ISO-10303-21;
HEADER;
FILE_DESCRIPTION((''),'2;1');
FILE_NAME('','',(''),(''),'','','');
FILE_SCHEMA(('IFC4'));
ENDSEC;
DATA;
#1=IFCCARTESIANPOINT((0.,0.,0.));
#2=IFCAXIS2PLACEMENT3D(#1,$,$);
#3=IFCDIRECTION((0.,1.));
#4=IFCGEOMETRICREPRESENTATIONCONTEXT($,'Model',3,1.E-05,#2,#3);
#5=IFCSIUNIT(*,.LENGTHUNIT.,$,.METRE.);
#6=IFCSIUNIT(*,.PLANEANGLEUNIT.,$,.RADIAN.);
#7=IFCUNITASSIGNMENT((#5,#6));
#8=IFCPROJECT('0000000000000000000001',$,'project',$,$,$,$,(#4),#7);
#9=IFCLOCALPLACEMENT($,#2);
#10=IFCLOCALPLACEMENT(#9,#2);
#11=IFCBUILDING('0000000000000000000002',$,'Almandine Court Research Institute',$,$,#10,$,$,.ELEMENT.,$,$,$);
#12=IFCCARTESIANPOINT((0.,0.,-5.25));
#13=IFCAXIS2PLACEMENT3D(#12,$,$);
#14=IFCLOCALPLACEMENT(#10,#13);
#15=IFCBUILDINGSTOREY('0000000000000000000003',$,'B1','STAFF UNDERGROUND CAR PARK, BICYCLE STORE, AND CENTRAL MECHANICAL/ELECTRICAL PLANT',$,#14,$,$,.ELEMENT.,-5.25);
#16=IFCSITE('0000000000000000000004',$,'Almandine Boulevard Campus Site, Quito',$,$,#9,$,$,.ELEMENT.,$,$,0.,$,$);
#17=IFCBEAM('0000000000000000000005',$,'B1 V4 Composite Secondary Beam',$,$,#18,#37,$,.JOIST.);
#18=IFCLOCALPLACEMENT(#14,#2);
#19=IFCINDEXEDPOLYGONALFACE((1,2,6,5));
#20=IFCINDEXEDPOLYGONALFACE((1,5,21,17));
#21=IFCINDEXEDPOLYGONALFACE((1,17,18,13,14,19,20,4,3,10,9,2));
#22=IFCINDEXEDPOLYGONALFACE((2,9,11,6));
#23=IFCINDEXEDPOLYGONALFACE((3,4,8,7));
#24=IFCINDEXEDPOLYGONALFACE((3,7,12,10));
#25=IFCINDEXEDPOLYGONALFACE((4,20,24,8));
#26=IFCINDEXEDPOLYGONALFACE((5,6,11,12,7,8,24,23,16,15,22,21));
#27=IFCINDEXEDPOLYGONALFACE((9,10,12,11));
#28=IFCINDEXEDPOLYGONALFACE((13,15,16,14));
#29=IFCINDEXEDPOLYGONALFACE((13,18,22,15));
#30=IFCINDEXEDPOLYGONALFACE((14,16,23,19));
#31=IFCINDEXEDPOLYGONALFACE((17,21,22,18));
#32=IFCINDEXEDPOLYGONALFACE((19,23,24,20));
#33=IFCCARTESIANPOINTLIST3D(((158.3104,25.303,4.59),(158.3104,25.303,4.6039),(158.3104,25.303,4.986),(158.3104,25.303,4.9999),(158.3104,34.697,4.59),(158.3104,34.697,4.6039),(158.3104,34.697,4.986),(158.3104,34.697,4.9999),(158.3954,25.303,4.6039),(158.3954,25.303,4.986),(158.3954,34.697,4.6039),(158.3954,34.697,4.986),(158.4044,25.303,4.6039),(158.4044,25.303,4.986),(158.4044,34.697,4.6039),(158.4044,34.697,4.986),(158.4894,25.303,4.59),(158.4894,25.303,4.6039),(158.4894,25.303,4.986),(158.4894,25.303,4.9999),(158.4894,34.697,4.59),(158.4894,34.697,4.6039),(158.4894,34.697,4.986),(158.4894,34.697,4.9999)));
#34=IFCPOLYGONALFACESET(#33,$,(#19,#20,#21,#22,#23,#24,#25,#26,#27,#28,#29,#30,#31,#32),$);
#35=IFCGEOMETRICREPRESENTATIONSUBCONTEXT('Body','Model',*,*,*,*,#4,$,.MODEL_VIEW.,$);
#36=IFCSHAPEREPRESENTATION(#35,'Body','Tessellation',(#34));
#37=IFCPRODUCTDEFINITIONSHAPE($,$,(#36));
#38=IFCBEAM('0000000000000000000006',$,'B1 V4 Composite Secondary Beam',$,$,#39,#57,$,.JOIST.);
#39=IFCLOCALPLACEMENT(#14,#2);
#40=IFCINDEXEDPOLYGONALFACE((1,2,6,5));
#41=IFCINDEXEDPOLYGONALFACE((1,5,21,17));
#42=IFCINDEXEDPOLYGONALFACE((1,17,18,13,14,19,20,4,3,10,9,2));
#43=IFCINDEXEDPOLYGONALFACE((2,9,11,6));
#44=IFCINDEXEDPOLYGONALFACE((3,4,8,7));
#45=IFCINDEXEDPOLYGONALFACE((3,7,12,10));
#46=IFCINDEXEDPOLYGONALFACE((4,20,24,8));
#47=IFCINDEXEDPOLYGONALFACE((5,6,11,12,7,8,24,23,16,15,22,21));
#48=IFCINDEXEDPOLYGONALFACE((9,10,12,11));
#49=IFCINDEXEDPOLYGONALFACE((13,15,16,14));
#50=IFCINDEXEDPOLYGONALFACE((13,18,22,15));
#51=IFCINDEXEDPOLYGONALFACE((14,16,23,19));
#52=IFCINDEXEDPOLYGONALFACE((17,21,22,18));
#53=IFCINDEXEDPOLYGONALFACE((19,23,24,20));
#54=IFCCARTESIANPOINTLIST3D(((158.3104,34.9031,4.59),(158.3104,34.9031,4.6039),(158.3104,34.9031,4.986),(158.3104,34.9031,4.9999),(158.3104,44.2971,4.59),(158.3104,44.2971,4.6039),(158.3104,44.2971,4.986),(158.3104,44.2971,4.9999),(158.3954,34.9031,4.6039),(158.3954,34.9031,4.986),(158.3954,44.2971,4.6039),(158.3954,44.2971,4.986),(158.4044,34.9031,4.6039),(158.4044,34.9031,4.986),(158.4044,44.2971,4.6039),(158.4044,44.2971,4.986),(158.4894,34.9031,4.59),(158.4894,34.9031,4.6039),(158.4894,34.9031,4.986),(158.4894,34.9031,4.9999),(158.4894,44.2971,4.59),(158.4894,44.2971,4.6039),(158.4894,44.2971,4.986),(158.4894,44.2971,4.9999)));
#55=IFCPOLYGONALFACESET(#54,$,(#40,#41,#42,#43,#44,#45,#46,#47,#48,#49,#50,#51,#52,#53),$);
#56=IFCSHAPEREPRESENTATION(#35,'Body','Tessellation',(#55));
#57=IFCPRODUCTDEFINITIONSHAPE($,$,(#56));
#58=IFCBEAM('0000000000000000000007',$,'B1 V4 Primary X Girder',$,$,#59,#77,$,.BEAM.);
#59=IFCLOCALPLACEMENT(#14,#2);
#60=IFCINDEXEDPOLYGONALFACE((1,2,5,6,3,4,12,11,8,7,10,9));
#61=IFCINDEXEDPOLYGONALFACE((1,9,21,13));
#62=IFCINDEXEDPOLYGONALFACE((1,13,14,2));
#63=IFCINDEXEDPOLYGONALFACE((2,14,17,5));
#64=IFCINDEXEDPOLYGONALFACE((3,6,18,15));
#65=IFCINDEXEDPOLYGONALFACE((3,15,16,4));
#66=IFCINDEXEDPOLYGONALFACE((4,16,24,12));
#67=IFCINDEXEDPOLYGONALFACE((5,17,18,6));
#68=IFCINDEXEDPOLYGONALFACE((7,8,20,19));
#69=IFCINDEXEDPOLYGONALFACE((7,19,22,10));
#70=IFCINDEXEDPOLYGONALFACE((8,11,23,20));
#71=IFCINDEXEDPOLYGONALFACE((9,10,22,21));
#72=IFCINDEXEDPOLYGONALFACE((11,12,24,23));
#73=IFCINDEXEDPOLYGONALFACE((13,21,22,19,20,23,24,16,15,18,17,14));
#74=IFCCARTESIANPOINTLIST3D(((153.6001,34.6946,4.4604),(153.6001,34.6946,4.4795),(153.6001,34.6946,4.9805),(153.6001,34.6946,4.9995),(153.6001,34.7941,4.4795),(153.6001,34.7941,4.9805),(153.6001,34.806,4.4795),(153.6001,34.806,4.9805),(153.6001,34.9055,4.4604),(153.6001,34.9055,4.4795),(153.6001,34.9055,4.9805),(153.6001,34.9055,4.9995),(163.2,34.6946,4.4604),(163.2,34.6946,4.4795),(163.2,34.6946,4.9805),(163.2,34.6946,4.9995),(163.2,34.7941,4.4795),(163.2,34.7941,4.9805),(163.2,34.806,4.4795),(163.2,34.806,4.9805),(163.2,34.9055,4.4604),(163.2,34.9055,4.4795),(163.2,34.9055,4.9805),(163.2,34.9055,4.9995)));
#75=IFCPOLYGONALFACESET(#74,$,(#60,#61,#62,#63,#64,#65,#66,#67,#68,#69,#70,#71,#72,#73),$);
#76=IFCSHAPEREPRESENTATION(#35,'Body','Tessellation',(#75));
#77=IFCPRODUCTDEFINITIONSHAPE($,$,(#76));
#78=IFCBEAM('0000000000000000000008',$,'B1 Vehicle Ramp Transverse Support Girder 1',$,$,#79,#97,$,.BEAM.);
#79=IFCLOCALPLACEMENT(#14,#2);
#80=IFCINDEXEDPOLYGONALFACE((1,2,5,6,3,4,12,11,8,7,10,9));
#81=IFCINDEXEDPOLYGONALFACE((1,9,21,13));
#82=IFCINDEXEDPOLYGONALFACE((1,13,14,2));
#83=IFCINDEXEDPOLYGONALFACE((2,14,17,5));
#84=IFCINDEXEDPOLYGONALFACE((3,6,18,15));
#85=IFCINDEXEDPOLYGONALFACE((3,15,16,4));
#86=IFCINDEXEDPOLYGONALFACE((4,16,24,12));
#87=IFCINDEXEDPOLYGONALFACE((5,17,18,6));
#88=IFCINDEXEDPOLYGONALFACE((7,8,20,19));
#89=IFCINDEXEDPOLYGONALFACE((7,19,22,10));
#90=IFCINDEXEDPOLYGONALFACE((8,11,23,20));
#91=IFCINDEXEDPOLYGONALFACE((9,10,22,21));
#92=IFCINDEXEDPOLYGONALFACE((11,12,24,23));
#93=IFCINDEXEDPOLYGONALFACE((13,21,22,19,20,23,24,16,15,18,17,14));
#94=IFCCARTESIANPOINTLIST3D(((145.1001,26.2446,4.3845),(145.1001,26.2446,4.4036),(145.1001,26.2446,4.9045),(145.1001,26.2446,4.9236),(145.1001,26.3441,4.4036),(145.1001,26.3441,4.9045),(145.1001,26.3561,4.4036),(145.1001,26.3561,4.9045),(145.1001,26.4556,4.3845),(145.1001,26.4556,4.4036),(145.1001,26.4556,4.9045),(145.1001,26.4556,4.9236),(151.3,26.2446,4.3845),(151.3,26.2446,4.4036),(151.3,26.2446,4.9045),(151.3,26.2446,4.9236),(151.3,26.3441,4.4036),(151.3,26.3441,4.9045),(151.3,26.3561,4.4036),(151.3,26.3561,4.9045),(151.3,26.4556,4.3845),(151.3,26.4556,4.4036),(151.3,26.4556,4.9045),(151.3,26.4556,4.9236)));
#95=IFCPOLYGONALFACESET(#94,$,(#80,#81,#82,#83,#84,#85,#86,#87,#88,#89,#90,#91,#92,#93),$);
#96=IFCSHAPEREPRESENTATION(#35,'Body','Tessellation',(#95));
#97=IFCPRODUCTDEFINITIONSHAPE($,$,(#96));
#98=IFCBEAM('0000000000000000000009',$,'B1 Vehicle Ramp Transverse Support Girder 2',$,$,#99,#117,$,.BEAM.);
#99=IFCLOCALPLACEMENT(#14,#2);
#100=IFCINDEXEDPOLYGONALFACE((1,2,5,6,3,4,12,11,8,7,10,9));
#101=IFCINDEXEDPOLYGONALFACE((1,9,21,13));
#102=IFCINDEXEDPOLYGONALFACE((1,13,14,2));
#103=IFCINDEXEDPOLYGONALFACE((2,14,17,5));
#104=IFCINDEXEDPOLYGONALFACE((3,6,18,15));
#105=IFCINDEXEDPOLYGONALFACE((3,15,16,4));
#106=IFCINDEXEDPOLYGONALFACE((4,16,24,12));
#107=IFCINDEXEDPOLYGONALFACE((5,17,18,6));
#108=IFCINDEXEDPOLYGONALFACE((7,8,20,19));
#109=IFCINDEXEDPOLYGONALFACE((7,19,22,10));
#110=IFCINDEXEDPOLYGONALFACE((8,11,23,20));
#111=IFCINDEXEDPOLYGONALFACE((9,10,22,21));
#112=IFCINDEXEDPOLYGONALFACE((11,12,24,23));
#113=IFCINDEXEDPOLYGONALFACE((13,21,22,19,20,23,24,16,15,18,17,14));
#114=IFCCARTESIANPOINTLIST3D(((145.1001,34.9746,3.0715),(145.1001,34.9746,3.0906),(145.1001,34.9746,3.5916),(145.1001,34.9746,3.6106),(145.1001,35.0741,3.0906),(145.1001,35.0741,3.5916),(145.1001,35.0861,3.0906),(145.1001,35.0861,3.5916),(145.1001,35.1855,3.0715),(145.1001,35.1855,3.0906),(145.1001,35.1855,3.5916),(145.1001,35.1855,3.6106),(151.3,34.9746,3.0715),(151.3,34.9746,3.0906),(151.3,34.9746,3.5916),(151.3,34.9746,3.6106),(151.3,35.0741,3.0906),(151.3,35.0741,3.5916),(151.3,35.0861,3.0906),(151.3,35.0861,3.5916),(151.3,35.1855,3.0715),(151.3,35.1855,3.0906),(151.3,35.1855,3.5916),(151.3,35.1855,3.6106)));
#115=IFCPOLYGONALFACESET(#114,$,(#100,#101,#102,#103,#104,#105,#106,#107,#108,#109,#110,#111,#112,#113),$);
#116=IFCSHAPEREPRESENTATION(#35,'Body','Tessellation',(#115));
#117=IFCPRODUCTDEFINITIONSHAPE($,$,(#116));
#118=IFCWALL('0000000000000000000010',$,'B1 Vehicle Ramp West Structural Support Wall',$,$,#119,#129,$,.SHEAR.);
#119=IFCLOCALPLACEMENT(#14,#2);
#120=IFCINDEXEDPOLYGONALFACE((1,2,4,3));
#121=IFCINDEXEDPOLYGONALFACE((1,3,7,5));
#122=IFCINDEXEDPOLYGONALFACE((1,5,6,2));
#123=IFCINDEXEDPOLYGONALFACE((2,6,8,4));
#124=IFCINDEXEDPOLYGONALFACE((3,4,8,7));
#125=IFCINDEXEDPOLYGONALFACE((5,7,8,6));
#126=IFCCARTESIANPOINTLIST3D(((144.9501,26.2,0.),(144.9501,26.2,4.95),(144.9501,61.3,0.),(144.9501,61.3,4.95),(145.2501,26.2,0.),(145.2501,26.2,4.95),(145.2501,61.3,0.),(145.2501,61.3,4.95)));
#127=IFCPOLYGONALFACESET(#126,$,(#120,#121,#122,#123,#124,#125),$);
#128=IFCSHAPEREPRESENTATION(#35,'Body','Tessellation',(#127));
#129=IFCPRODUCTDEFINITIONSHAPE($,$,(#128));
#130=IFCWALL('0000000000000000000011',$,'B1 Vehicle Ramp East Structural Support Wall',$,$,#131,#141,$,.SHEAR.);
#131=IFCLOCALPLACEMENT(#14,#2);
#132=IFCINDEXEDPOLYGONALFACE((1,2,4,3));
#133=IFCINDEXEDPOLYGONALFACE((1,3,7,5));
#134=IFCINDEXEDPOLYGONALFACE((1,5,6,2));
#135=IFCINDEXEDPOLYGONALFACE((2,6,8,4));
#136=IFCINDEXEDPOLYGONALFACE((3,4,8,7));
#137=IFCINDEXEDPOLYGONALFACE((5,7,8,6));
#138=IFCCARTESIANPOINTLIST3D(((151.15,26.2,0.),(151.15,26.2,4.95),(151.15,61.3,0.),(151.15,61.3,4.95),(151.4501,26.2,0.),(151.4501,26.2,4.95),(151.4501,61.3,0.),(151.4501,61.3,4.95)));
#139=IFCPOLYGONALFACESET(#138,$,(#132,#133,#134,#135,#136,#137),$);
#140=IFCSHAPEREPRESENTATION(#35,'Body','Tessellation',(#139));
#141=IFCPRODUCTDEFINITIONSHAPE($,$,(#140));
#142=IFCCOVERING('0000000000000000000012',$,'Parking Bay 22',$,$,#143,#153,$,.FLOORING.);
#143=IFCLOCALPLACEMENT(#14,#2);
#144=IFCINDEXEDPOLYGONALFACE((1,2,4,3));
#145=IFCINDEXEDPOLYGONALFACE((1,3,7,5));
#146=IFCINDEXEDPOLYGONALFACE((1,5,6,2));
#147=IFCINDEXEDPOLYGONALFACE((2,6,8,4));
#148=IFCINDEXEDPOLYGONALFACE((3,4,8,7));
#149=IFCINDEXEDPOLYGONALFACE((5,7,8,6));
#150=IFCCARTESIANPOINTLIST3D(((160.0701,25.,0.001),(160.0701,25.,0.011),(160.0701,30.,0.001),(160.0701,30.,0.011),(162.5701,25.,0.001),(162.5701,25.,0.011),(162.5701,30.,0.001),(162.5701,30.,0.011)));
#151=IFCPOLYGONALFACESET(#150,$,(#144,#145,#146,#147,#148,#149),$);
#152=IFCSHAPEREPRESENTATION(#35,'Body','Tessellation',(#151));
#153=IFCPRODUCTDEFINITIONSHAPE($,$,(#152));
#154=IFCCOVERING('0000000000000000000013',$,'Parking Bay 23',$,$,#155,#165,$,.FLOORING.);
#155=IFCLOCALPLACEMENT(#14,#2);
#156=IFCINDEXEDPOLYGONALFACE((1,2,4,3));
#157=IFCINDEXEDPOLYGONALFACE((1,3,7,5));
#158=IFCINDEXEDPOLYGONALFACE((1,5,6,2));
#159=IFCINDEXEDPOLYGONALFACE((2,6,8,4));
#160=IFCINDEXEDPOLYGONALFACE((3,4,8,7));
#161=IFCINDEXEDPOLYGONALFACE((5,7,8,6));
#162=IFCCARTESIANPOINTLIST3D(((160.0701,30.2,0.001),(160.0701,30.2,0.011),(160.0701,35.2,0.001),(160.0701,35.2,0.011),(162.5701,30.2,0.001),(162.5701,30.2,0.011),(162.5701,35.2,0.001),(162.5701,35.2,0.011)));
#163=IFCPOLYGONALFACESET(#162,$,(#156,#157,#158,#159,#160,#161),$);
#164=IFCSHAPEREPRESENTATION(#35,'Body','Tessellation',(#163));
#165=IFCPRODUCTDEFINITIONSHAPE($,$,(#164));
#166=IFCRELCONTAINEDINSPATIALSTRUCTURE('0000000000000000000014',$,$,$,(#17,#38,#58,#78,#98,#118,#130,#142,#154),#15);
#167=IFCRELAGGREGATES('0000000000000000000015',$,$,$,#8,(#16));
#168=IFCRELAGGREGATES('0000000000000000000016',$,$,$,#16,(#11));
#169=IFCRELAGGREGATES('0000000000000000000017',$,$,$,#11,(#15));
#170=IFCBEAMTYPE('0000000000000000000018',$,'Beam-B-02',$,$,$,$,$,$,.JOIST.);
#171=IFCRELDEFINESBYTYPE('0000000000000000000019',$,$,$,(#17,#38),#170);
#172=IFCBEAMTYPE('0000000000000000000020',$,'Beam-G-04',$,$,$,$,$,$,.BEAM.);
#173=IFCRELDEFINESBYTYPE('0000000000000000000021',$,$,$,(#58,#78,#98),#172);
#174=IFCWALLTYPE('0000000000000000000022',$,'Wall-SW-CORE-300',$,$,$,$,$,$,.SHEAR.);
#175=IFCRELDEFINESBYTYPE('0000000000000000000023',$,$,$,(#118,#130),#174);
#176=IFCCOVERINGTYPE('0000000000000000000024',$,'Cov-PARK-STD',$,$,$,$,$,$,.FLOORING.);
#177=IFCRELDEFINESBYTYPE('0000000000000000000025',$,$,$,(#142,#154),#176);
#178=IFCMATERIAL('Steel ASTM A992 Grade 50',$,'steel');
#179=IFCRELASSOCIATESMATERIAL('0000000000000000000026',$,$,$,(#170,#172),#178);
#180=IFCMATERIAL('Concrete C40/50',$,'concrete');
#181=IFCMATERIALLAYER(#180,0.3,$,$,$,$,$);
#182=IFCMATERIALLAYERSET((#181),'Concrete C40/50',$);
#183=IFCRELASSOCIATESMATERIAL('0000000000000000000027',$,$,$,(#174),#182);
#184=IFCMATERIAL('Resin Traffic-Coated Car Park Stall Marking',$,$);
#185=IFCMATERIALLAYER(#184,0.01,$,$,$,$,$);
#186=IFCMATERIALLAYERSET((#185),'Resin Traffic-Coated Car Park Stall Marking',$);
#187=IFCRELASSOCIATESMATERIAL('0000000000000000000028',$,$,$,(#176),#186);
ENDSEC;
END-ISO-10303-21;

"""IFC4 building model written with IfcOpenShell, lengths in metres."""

from ifc_helpers import new_model, si_unit, direction, frame, frame_2d, origin, origin_2d, place, context, subcontext, project, spatial, rectangle, i_section, extrude, material, layer, layer_set, material_profile, profile_set, type_object, element, save


model = new_model("IFC4")

# Units and contexts
model_context = context("Model", 3, precision=1e-05, world=origin(), true_north=direction((0.0, 1.0)))
body_context = subcontext(model_context, "Body", "Model", "MODEL_VIEW")
ifc_project = project(units=[si_unit("LENGTHUNIT", "METRE"), si_unit("PLANEANGLEUNIT", "RADIAN")], contexts=[model_context])

# Site, building, storey
site_placement = place(None, origin())
site = spatial("IfcSite", under=ifc_project, at=site_placement, Name="Almandine Boulevard Campus Site, Quito", CompositionType="ELEMENT", RefElevation=0.0)
building_placement = place(site_placement, origin())
building = spatial("IfcBuilding", under=site, at=building_placement, Name="Almandine Court Research Institute", CompositionType="ELEMENT")
storey_placement = place(building_placement, frame((0.0, 0.0, -5.25)))
storey = spatial("IfcBuildingStorey", under=building, at=storey_placement, Name="B1", Description="STAFF UNDERGROUND CAR PARK, BICYCLE STORE, AND CENTRAL MECHANICAL/ELECTRICAL PLANT", CompositionType="ELEMENT", Elevation=-5.25)

# Shared definitions
ifc_material_1 = material(Name="Concrete C40/50", Category="concrete")

# Beams
ifc_material_2 = material(Name="Steel ASTM A992 Grade 50", Category="steel")
ifc_material_profile_1 = material_profile(ifc_material_2, i_section(OverallWidth=0.179, OverallDepth=0.4099, WebThickness=0.009, FlangeThickness=0.0139, at=origin_2d()), Name="W410x67")
ifc_profile_set_1 = profile_set([ifc_material_profile_1], Name="Steel ASTM A992 Grade 50")
beam_type_1 = type_object("IfcBeamType", Name="Beam-B-02", PredefinedType="JOIST", material=ifc_profile_set_1)
for number, where, z_axis, x_axis, name in (
    (1, (158.3999, 25.303, 4.7949), (0.0, 1.0, 0.0), (-1.0, 0.0, 0.0), "B1 V4 Composite Secondary Beam"),
    (2, (158.3999, 34.9031, 4.7949), (0.0, 1.0, 0.0), (-1.0, 0.0, 0.0), "B1 V4 Composite Secondary Beam"),
):
    element("IfcBeam", number, at=place(storey_placement, frame(where, z_axis=z_axis, x_axis=x_axis)), inside=storey, type_object=beam_type_1, Name=name, PredefinedType="JOIST", context=body_context, shape_type="SweptSolid", body=[
        extrude(i_section(OverallWidth=0.179, OverallDepth=0.4099, WebThickness=0.009, FlangeThickness=0.0139, at=origin_2d()), origin(), (0.0, 0.0, 1.0), 9.394),
    ])
ifc_material_profile_2 = material_profile(ifc_material_2, i_section(OverallWidth=0.2109, OverallDepth=0.5391, WebThickness=0.012, FlangeThickness=0.019, at=origin_2d()), Name="W530x109")
ifc_profile_set_2 = profile_set([ifc_material_profile_2], Name="Steel ASTM A992 Grade 50")
beam_type_2 = type_object("IfcBeamType", Name="Beam-G-04", PredefinedType="BEAM", material=ifc_profile_set_2)
beam_placement = place(storey_placement, frame((153.6001, 34.8, 4.73), z_axis=(1.0, 0.0, 0.0), x_axis=(0.0, 1.0, 0.0)))
element("IfcBeam", 3, at=beam_placement, inside=storey, type_object=beam_type_2, Name="B1 V4 Primary X Girder", PredefinedType="BEAM", context=body_context, shape_type="SweptSolid", body=[
    extrude(i_section(OverallWidth=0.2109, OverallDepth=0.5391, WebThickness=0.012, FlangeThickness=0.019, at=origin_2d()), origin(), (0.0, 0.0, 1.0), 9.5999),
])
for number, where, z_axis, x_axis, name in (
    (4, (145.1001, 26.3501, 4.6541), (1.0, 0.0, 0.0), (0.0, 1.0, 0.0), "B1 Vehicle Ramp Transverse Support Girder 1"),
    (5, (145.1001, 35.0801, 3.3411), (1.0, 0.0, 0.0), (0.0, 1.0, 0.0), "B1 Vehicle Ramp Transverse Support Girder 2"),
):
    element("IfcBeam", number, at=place(storey_placement, frame(where, z_axis=z_axis, x_axis=x_axis)), inside=storey, type_object=beam_type_2, Name=name, PredefinedType="BEAM", context=body_context, shape_type="SweptSolid", body=[
        extrude(i_section(OverallWidth=0.2109, OverallDepth=0.5391, WebThickness=0.012, FlangeThickness=0.019, at=origin_2d()), origin(), (0.0, 0.0, 1.0), 6.2),
    ])

# Walls
ifc_layer_1 = layer(ifc_material_1, 0.3)
ifc_layer_set_1 = layer_set([ifc_layer_1], Name="Concrete C40/50")
wall_type = type_object("IfcWallType", Name="Wall-SW-CORE-300", PredefinedType="SHEAR", material=ifc_layer_set_1)
for number, where, z_axis, x_axis, name in (
    (6, (145.1001, 26.2, 0.0), (0.0, 0.0, 1.0), (0.0, 1.0, 0.0), "B1 Vehicle Ramp West Structural Support Wall"),
    (7, (151.3, 26.2, 0.0), (0.0, 0.0, 1.0), (0.0, 1.0, 0.0), "B1 Vehicle Ramp East Structural Support Wall"),
):
    element("IfcWall", number, at=place(storey_placement, frame(where, z_axis=z_axis, x_axis=x_axis)), inside=storey, type_object=wall_type, Name=name, PredefinedType="SHEAR", context=body_context, shape_type="SweptSolid", body=[
        extrude(rectangle(XDim=35.1001, YDim=0.3, at=frame_2d((17.55, 0.0))), origin(), (0.0, 0.0, 1.0), 4.95),
    ])

# Coverings
ifc_material_3 = material(Name="Resin Traffic-Coated Car Park Stall Marking")
ifc_layer_2 = layer(ifc_material_3, 0.01)
ifc_layer_set_2 = layer_set([ifc_layer_2], Name="Resin Traffic-Coated Car Park Stall Marking")
covering_type = type_object("IfcCoveringType", Name="Cov-PARK-STD", PredefinedType="FLOORING", material=ifc_layer_set_2)
for number, where, z_axis, x_axis, name in (
    (8, (161.3201, 27.5, 0.001), (0.0, 0.0, 1.0), (0.0, 1.0, 0.0), "Parking Bay 22"),
    (9, (161.3201, 32.7, 0.001), (0.0, 0.0, 1.0), (0.0, 1.0, 0.0), "Parking Bay 23"),
):
    element("IfcCovering", number, at=place(storey_placement, frame(where, z_axis=z_axis, x_axis=x_axis)), inside=storey, type_object=covering_type, Name=name, PredefinedType="FLOORING", context=body_context, shape_type="SweptSolid", body=[
        extrude(rectangle(XDim=5.0, YDim=2.5, at=origin_2d()), origin(), (0.0, 0.0, 1.0), 0.01),
    ])

save(model, "model.ifc")
